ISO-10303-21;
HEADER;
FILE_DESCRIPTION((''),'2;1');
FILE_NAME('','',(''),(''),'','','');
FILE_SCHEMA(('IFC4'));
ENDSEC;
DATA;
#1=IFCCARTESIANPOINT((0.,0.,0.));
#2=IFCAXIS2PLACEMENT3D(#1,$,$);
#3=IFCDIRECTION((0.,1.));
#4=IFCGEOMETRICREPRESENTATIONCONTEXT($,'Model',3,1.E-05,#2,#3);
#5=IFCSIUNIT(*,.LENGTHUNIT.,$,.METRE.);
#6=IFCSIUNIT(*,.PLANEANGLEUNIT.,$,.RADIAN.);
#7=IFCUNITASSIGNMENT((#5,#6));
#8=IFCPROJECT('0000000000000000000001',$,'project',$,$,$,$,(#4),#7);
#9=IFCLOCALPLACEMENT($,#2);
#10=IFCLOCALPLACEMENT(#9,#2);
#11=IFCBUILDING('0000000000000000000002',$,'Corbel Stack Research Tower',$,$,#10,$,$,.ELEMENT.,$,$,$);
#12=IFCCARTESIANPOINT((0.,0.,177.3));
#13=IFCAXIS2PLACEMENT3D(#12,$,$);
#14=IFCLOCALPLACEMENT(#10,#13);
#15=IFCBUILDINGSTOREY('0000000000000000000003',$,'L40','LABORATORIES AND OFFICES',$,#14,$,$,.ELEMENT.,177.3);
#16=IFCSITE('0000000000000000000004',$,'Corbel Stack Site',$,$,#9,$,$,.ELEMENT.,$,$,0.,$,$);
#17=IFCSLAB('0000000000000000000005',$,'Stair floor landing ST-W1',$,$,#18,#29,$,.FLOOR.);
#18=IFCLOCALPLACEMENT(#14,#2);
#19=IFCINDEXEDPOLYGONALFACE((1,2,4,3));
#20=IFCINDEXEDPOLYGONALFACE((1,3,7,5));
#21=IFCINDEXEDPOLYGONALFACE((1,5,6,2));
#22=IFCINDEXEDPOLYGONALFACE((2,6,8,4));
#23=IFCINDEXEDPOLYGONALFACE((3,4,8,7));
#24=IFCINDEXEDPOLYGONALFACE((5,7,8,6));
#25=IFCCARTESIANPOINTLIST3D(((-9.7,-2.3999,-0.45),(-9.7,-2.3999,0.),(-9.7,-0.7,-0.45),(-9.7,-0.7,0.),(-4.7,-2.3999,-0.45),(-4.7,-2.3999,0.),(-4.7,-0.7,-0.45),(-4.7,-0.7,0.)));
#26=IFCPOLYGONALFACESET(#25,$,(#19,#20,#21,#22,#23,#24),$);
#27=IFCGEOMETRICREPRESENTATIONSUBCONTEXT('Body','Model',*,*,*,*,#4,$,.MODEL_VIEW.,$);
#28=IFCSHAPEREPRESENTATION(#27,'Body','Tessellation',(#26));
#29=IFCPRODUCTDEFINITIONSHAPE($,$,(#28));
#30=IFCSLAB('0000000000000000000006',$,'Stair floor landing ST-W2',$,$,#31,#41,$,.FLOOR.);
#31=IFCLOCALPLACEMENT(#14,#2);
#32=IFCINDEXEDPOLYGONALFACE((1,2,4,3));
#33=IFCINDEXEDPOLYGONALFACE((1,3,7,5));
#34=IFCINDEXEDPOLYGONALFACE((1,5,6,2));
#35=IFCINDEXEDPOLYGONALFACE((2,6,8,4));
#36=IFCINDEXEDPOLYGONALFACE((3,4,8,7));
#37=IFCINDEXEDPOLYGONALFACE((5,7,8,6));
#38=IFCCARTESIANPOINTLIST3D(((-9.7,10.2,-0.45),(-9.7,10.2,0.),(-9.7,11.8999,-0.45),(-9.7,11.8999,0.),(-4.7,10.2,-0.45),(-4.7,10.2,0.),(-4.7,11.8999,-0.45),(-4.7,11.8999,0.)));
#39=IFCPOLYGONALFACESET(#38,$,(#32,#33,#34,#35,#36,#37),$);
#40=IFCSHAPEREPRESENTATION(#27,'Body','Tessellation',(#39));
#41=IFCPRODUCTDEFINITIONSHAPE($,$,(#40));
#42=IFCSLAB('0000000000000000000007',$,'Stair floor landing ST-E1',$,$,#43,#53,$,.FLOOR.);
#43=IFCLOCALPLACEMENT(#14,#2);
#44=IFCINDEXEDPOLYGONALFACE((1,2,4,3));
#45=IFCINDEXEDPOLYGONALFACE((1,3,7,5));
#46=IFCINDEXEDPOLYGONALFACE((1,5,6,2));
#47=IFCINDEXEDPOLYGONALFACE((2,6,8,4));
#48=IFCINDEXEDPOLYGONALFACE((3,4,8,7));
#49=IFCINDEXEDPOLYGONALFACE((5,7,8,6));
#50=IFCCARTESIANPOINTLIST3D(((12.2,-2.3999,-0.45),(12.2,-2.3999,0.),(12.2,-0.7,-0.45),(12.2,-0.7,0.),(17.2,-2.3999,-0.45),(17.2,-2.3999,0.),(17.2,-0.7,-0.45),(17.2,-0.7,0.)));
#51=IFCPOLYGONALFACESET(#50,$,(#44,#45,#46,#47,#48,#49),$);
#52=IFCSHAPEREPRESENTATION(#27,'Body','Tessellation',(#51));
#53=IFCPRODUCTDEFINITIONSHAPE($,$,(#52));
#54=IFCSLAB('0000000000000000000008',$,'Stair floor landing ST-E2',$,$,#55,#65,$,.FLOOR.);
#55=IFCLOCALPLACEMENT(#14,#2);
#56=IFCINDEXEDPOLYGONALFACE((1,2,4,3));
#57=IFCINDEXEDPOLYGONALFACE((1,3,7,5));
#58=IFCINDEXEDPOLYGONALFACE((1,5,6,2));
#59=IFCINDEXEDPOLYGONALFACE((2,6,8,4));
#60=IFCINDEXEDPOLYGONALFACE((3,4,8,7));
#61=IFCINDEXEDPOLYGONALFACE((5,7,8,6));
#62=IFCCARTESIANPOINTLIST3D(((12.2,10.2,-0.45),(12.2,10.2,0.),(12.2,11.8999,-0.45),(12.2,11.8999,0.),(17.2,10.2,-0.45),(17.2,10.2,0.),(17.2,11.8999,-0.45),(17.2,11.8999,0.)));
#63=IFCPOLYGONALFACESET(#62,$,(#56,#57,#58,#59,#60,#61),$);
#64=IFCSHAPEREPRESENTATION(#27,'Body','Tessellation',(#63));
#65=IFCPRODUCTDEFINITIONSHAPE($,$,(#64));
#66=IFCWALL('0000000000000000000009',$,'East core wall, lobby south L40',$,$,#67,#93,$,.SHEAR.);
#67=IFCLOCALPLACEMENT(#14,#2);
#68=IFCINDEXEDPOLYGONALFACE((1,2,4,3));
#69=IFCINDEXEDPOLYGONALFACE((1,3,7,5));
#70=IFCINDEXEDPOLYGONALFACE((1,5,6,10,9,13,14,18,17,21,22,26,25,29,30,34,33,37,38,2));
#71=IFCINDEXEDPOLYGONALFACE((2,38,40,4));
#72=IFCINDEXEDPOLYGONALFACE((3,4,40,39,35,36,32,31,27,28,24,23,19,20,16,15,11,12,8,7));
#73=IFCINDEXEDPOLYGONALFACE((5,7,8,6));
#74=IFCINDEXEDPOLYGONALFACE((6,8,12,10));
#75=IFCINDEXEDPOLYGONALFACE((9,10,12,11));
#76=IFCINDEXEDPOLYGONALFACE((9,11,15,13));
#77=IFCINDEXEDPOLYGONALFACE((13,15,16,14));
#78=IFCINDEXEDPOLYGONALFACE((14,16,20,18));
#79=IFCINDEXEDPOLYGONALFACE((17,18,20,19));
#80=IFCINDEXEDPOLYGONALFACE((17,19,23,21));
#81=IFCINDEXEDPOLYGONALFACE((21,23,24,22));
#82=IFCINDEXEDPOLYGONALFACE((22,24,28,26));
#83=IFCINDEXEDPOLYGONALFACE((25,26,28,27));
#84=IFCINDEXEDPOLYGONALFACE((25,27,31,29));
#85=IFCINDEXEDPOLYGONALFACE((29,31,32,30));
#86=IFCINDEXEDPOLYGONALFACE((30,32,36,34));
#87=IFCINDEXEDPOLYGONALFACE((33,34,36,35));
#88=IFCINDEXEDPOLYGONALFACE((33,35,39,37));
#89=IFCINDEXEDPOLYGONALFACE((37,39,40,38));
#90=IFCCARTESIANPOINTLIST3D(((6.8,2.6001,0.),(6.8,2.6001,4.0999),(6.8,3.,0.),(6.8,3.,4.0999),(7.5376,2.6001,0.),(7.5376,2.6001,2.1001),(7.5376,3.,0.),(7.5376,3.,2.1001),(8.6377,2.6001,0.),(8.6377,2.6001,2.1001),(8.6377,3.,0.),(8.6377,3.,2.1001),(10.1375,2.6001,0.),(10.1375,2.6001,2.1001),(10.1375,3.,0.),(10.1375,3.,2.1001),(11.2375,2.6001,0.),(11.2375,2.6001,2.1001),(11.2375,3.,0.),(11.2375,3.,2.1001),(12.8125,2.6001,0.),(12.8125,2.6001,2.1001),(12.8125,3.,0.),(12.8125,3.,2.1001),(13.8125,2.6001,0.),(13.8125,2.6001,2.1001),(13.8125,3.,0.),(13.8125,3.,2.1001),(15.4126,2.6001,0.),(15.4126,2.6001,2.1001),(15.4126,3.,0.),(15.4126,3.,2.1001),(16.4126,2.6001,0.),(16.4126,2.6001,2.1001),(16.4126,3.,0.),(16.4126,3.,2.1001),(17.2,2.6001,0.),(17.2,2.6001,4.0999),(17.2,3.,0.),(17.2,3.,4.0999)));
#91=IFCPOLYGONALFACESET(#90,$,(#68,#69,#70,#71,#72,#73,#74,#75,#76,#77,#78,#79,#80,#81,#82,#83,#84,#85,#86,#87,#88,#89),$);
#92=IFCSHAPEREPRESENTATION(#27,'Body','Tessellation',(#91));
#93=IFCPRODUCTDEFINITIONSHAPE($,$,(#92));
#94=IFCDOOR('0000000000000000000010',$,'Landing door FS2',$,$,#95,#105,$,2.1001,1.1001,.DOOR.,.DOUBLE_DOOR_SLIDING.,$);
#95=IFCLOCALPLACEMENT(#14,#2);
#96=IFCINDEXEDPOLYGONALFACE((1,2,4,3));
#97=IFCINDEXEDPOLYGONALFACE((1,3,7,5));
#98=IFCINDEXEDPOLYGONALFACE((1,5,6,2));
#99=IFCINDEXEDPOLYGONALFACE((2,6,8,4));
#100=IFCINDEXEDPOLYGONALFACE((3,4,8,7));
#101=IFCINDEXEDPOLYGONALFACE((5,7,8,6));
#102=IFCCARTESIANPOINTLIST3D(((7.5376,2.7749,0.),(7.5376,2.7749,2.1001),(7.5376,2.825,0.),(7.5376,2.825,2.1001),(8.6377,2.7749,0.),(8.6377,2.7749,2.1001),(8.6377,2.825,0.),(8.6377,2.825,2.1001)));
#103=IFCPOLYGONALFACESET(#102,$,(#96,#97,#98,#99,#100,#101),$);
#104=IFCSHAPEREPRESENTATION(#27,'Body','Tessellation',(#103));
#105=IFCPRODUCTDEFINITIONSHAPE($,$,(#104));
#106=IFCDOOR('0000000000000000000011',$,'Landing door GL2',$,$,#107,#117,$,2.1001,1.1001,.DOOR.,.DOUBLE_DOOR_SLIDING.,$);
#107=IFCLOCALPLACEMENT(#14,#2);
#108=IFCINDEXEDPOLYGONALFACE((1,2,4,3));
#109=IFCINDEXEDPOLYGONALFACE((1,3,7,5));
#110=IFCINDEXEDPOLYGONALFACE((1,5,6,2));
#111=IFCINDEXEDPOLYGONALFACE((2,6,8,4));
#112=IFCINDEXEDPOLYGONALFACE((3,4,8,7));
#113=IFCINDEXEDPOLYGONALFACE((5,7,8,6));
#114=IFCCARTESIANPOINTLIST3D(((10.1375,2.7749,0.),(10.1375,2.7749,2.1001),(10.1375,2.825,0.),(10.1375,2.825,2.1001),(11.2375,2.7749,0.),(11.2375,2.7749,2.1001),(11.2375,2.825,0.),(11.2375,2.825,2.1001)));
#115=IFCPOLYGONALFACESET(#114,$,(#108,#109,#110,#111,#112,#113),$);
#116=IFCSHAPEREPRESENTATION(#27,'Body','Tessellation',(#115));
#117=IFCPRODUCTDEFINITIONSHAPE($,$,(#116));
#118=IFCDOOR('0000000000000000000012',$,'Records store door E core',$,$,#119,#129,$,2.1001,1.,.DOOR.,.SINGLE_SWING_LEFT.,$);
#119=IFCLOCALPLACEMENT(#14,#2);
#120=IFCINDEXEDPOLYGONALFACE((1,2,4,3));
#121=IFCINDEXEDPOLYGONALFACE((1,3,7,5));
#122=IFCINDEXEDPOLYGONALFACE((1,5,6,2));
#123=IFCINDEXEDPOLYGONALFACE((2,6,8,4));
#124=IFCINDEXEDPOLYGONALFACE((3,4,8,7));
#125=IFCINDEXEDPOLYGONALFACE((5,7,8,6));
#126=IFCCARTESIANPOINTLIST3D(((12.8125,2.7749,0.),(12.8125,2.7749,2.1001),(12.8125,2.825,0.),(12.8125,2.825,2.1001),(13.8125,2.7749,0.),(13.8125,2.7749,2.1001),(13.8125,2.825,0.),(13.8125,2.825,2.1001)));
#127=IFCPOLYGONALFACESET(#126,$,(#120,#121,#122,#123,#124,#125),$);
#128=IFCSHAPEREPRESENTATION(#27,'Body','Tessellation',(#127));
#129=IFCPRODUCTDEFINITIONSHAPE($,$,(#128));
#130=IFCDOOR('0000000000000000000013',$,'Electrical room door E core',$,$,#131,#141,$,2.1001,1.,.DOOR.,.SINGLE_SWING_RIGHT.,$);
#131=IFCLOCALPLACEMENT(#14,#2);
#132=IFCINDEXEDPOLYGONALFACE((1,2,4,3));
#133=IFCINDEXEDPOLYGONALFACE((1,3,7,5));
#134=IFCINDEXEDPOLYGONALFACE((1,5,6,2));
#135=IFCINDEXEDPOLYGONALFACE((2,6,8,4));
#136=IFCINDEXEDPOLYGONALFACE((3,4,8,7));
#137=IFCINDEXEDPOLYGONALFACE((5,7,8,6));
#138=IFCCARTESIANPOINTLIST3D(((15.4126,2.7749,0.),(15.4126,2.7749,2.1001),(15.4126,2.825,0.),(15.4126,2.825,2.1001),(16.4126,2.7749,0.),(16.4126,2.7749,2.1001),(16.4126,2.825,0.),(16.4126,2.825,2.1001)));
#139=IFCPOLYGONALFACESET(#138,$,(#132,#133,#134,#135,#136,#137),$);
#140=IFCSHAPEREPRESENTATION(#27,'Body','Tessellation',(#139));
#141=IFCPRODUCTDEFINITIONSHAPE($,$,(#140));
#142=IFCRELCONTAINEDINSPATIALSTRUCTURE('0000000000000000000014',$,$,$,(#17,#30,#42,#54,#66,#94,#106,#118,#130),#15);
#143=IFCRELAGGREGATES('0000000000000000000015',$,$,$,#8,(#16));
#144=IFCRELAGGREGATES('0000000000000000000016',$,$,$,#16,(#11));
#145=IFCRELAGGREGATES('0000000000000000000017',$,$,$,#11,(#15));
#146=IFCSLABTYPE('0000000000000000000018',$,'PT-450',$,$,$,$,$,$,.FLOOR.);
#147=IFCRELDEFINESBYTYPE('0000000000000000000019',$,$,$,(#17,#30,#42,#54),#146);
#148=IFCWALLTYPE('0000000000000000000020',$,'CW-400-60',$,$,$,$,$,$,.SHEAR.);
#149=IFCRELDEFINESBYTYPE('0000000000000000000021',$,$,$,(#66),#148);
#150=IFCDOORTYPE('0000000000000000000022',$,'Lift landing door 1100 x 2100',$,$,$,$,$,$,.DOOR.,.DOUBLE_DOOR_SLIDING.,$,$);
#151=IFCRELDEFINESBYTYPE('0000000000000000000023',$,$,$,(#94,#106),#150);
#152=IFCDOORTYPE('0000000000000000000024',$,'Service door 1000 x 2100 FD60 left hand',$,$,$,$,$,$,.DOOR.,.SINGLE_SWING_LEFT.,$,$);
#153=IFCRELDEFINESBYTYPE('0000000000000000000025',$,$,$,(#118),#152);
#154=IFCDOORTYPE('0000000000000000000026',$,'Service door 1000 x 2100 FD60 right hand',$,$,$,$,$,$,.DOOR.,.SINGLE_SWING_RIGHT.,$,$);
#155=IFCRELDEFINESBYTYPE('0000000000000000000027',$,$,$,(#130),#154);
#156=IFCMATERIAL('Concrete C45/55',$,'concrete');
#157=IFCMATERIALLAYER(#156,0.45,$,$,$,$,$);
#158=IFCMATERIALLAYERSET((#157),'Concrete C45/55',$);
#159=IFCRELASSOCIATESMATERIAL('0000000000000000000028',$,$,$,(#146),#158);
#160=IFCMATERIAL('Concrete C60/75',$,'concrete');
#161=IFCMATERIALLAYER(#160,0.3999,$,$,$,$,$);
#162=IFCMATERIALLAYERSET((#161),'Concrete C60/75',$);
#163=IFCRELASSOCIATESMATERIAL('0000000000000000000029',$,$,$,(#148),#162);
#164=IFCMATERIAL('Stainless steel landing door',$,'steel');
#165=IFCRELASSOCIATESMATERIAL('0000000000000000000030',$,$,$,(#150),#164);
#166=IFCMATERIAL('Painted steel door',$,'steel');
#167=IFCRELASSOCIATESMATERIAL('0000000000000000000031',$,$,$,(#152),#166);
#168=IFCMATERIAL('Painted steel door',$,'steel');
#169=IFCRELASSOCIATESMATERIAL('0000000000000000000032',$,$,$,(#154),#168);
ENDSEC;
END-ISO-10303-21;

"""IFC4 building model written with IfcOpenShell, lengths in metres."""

from ifc_helpers import new_model, si_unit, direction, frame, frame_2d, origin, place, context, subcontext, project, spatial, polyline, rectangle, outline, extrude, material, layer, layer_set, type_object, element, fill, save


model = new_model("IFC4")

# Units and contexts
model_context = context("Model", 3, precision=1e-05, world=origin(), true_north=direction((0.0, 1.0)))
body_context = subcontext(model_context, "Body", "Model", "MODEL_VIEW")
ifc_project = project(units=[si_unit("LENGTHUNIT", "METRE"), si_unit("PLANEANGLEUNIT", "RADIAN")], contexts=[model_context])

# Site, building, storey
site_placement = place(None, origin())
site = spatial("IfcSite", under=ifc_project, at=site_placement, Name="Corbel Stack Site", CompositionType="ELEMENT", RefElevation=0.0)
building_placement = place(site_placement, origin())
building = spatial("IfcBuilding", under=site, at=building_placement, Name="Corbel Stack Research Tower", CompositionType="ELEMENT")
storey_placement = place(building_placement, frame((0.0, 0.0, 177.3)))
storey = spatial("IfcBuildingStorey", under=building, at=storey_placement, Name="L40", Description="LABORATORIES AND OFFICES", CompositionType="ELEMENT", Elevation=177.3)

# Slabs
ifc_material_1 = material(Name="Concrete C45/55", Category="concrete")
ifc_layer_1 = layer(ifc_material_1, 0.45)
ifc_layer_set_1 = layer_set([ifc_layer_1], Name="Concrete C45/55")
slab_type = type_object("IfcSlabType", Name="PT-450", PredefinedType="FLOOR", material=ifc_layer_set_1)
slab_1_placement = place(storey_placement, frame((0.0, 0.0, -0.45)))
element("IfcSlab", 1, at=slab_1_placement, inside=storey, type_object=slab_type, Name="Stair floor landing ST-W1", PredefinedType="FLOOR", context=body_context, shape_type="SweptSolid", body=[
    extrude(outline(polyline([(-9.7, -2.3999), (-4.7, -2.3999), (-4.7, -0.7), (-9.7, -0.7), (-9.7, -2.3999)])), origin(), (0.0, 0.0, 1.0), 0.45),
])
slab_2_placement = place(storey_placement, frame((0.0, 0.0, -0.45)))
element("IfcSlab", 2, at=slab_2_placement, inside=storey, type_object=slab_type, Name="Stair floor landing ST-W2", PredefinedType="FLOOR", context=body_context, shape_type="SweptSolid", body=[
    extrude(outline(polyline([(-9.7, 10.2), (-4.7, 10.2), (-4.7, 11.8999), (-9.7, 11.8999), (-9.7, 10.2)])), origin(), (0.0, 0.0, 1.0), 0.45),
])
slab_3_placement = place(storey_placement, frame((0.0, 0.0, -0.45)))
element("IfcSlab", 3, at=slab_3_placement, inside=storey, type_object=slab_type, Name="Stair floor landing ST-E1", PredefinedType="FLOOR", context=body_context, shape_type="SweptSolid", body=[
    extrude(outline(polyline([(12.2, -2.3999), (17.2, -2.3999), (17.2, -0.7), (12.2, -0.7), (12.2, -2.3999)])), origin(), (0.0, 0.0, 1.0), 0.45),
])
slab_4_placement = place(storey_placement, frame((0.0, 0.0, -0.45)))
element("IfcSlab", 4, at=slab_4_placement, inside=storey, type_object=slab_type, Name="Stair floor landing ST-E2", PredefinedType="FLOOR", context=body_context, shape_type="SweptSolid", body=[
    extrude(outline(polyline([(12.2, 10.2), (17.2, 10.2), (17.2, 11.8999), (12.2, 11.8999), (12.2, 10.2)])), origin(), (0.0, 0.0, 1.0), 0.45),
])

# Wall, openings, doors
ifc_material_2 = material(Name="Concrete C60/75", Category="concrete")
ifc_layer_2 = layer(ifc_material_2, 0.3999)
ifc_layer_set_2 = layer_set([ifc_layer_2], Name="Concrete C60/75")
wall_type_1 = type_object("IfcWallType", Name="CW-400-60", PredefinedType="SHEAR", material=ifc_layer_set_2)
wall_1_placement = place(storey_placement, frame((6.8, 2.8, 0.0), z_axis=(0.0, 0.0, 1.0), x_axis=(1.0, 0.0, 0.0)))
wall_1 = element("IfcWall", 5, at=wall_1_placement, inside=storey, type_object=wall_type_1, Name="East core wall, lobby south L40", PredefinedType="SHEAR", context=body_context, shape_type="SweptSolid", body=[
    extrude(rectangle(XDim=10.3999, YDim=0.3999, at=frame_2d((5.2, 0.0))), origin(), (0.0, 0.0, 1.0), 4.0999),
])
opening_1_placement = place(wall_1_placement, frame((0.7375, 0.0, 0.0)))
opening_1 = element("IfcOpeningElement", 6, at=opening_1_placement, cuts=wall_1, PredefinedType="OPENING", context=body_context, shape_type="SweptSolid", body=[
    extrude(rectangle(XDim=1.1001, YDim=2.1001, at=frame_2d((0.55, 1.05))), frame((0.0, 0.21, 0.0), z_axis=(0.0, -1.0, 0.0), x_axis=(1.0, 0.0, 0.0)), (0.0, 0.0, 1.0), 0.4199),
])
opening_2_placement = place(wall_1_placement, frame((3.3374, 0.0, 0.0)))
opening_2 = element("IfcOpeningElement", 7, at=opening_2_placement, cuts=wall_1, PredefinedType="OPENING", context=body_context, shape_type="SweptSolid", body=[
    extrude(rectangle(XDim=1.1001, YDim=2.1001, at=frame_2d((0.55, 1.05))), frame((0.0, 0.21, 0.0), z_axis=(0.0, -1.0, 0.0), x_axis=(1.0, 0.0, 0.0)), (0.0, 0.0, 1.0), 0.4199),
])
opening_3_placement = place(wall_1_placement, frame((6.0125, 0.0, 0.0)))
opening_3 = element("IfcOpeningElement", 8, at=opening_3_placement, cuts=wall_1, PredefinedType="OPENING", context=body_context, shape_type="SweptSolid", body=[
    extrude(rectangle(XDim=1.0, YDim=2.1001, at=frame_2d((0.5, 1.05))), frame((0.0, 0.21, 0.0), z_axis=(0.0, -1.0, 0.0), x_axis=(1.0, 0.0, 0.0)), (0.0, 0.0, 1.0), 0.4199),
])
opening_4_placement = place(wall_1_placement, frame((8.6125, 0.0, 0.0)))
opening_4 = element("IfcOpeningElement", 9, at=opening_4_placement, cuts=wall_1, PredefinedType="OPENING", context=body_context, shape_type="SweptSolid", body=[
    extrude(rectangle(XDim=1.0, YDim=2.1001, at=frame_2d((0.5, 1.05))), frame((0.0, 0.21, 0.0), z_axis=(0.0, -1.0, 0.0), x_axis=(1.0, 0.0, 0.0)), (0.0, 0.0, 1.0), 0.4199),
])
ifc_material_3 = material(Name="Stainless steel landing door", Category="steel")
door_type_1 = type_object("IfcDoorType", Name="Lift landing door 1100 x 2100", OperationType="DOUBLE_DOOR_SLIDING", PredefinedType="DOOR", material=ifc_material_3)
door_1_placement = place(opening_1_placement, origin())
door_1 = element("IfcDoor", 10, at=door_1_placement, inside=storey, type_object=door_type_1, Name="Landing door FS2", OperationType="DOUBLE_DOOR_SLIDING", OverallHeight=2.1001, OverallWidth=1.1001, PredefinedType="DOOR", context=body_context, shape_type="SweptSolid", body=[
    extrude(rectangle(XDim=1.1001, YDim=2.1001, at=frame_2d((0.55, 1.05))), frame((0.0, 0.0249, 0.0), z_axis=(0.0, -1.0, 0.0), x_axis=(1.0, 0.0, 0.0)), (0.0, 0.0, 1.0), 0.05),
])
fill(opening_1, door_1)
door_2_placement = place(opening_2_placement, origin())
door_2 = element("IfcDoor", 11, at=door_2_placement, inside=storey, type_object=door_type_1, Name="Landing door GL2", OperationType="DOUBLE_DOOR_SLIDING", OverallHeight=2.1001, OverallWidth=1.1001, PredefinedType="DOOR", context=body_context, shape_type="SweptSolid", body=[
    extrude(rectangle(XDim=1.1001, YDim=2.1001, at=frame_2d((0.55, 1.05))), frame((0.0, 0.0249, 0.0), z_axis=(0.0, -1.0, 0.0), x_axis=(1.0, 0.0, 0.0)), (0.0, 0.0, 1.0), 0.05),
])
fill(opening_2, door_2)
ifc_material_4 = material(Name="Painted steel door", Category="steel")
door_type_2 = type_object("IfcDoorType", Name="Service door 1000 x 2100 FD60 left hand", OperationType="SINGLE_SWING_LEFT", PredefinedType="DOOR", material=ifc_material_4)
door_3_placement = place(opening_3_placement, origin())
door_3 = element("IfcDoor", 12, at=door_3_placement, inside=storey, type_object=door_type_2, Name="Records store door E core", OperationType="SINGLE_SWING_LEFT", OverallHeight=2.1001, OverallWidth=1.0, PredefinedType="DOOR", context=body_context, shape_type="SweptSolid", body=[
    extrude(rectangle(XDim=1.0, YDim=2.1001, at=frame_2d((0.5, 1.05))), frame((0.0, 0.0249, 0.0), z_axis=(0.0, -1.0, 0.0), x_axis=(1.0, 0.0, 0.0)), (0.0, 0.0, 1.0), 0.05),
])
fill(opening_3, door_3)
ifc_material_5 = material(Name="Painted steel door", Category="steel")
door_type_3 = type_object("IfcDoorType", Name="Service door 1000 x 2100 FD60 right hand", OperationType="SINGLE_SWING_RIGHT", PredefinedType="DOOR", material=ifc_material_5)
door_4_placement = place(opening_4_placement, origin())
door_4 = element("IfcDoor", 13, at=door_4_placement, inside=storey, type_object=door_type_3, Name="Electrical room door E core", OperationType="SINGLE_SWING_RIGHT", OverallHeight=2.1001, OverallWidth=1.0, PredefinedType="DOOR", context=body_context, shape_type="SweptSolid", body=[
    extrude(rectangle(XDim=1.0, YDim=2.1001, at=frame_2d((0.5, 1.05))), frame((0.0, 0.0249, 0.0), z_axis=(0.0, -1.0, 0.0), x_axis=(1.0, 0.0, 0.0)), (0.0, 0.0, 1.0), 0.05),
])
fill(opening_4, door_4)

save(model, "model.ifc")
